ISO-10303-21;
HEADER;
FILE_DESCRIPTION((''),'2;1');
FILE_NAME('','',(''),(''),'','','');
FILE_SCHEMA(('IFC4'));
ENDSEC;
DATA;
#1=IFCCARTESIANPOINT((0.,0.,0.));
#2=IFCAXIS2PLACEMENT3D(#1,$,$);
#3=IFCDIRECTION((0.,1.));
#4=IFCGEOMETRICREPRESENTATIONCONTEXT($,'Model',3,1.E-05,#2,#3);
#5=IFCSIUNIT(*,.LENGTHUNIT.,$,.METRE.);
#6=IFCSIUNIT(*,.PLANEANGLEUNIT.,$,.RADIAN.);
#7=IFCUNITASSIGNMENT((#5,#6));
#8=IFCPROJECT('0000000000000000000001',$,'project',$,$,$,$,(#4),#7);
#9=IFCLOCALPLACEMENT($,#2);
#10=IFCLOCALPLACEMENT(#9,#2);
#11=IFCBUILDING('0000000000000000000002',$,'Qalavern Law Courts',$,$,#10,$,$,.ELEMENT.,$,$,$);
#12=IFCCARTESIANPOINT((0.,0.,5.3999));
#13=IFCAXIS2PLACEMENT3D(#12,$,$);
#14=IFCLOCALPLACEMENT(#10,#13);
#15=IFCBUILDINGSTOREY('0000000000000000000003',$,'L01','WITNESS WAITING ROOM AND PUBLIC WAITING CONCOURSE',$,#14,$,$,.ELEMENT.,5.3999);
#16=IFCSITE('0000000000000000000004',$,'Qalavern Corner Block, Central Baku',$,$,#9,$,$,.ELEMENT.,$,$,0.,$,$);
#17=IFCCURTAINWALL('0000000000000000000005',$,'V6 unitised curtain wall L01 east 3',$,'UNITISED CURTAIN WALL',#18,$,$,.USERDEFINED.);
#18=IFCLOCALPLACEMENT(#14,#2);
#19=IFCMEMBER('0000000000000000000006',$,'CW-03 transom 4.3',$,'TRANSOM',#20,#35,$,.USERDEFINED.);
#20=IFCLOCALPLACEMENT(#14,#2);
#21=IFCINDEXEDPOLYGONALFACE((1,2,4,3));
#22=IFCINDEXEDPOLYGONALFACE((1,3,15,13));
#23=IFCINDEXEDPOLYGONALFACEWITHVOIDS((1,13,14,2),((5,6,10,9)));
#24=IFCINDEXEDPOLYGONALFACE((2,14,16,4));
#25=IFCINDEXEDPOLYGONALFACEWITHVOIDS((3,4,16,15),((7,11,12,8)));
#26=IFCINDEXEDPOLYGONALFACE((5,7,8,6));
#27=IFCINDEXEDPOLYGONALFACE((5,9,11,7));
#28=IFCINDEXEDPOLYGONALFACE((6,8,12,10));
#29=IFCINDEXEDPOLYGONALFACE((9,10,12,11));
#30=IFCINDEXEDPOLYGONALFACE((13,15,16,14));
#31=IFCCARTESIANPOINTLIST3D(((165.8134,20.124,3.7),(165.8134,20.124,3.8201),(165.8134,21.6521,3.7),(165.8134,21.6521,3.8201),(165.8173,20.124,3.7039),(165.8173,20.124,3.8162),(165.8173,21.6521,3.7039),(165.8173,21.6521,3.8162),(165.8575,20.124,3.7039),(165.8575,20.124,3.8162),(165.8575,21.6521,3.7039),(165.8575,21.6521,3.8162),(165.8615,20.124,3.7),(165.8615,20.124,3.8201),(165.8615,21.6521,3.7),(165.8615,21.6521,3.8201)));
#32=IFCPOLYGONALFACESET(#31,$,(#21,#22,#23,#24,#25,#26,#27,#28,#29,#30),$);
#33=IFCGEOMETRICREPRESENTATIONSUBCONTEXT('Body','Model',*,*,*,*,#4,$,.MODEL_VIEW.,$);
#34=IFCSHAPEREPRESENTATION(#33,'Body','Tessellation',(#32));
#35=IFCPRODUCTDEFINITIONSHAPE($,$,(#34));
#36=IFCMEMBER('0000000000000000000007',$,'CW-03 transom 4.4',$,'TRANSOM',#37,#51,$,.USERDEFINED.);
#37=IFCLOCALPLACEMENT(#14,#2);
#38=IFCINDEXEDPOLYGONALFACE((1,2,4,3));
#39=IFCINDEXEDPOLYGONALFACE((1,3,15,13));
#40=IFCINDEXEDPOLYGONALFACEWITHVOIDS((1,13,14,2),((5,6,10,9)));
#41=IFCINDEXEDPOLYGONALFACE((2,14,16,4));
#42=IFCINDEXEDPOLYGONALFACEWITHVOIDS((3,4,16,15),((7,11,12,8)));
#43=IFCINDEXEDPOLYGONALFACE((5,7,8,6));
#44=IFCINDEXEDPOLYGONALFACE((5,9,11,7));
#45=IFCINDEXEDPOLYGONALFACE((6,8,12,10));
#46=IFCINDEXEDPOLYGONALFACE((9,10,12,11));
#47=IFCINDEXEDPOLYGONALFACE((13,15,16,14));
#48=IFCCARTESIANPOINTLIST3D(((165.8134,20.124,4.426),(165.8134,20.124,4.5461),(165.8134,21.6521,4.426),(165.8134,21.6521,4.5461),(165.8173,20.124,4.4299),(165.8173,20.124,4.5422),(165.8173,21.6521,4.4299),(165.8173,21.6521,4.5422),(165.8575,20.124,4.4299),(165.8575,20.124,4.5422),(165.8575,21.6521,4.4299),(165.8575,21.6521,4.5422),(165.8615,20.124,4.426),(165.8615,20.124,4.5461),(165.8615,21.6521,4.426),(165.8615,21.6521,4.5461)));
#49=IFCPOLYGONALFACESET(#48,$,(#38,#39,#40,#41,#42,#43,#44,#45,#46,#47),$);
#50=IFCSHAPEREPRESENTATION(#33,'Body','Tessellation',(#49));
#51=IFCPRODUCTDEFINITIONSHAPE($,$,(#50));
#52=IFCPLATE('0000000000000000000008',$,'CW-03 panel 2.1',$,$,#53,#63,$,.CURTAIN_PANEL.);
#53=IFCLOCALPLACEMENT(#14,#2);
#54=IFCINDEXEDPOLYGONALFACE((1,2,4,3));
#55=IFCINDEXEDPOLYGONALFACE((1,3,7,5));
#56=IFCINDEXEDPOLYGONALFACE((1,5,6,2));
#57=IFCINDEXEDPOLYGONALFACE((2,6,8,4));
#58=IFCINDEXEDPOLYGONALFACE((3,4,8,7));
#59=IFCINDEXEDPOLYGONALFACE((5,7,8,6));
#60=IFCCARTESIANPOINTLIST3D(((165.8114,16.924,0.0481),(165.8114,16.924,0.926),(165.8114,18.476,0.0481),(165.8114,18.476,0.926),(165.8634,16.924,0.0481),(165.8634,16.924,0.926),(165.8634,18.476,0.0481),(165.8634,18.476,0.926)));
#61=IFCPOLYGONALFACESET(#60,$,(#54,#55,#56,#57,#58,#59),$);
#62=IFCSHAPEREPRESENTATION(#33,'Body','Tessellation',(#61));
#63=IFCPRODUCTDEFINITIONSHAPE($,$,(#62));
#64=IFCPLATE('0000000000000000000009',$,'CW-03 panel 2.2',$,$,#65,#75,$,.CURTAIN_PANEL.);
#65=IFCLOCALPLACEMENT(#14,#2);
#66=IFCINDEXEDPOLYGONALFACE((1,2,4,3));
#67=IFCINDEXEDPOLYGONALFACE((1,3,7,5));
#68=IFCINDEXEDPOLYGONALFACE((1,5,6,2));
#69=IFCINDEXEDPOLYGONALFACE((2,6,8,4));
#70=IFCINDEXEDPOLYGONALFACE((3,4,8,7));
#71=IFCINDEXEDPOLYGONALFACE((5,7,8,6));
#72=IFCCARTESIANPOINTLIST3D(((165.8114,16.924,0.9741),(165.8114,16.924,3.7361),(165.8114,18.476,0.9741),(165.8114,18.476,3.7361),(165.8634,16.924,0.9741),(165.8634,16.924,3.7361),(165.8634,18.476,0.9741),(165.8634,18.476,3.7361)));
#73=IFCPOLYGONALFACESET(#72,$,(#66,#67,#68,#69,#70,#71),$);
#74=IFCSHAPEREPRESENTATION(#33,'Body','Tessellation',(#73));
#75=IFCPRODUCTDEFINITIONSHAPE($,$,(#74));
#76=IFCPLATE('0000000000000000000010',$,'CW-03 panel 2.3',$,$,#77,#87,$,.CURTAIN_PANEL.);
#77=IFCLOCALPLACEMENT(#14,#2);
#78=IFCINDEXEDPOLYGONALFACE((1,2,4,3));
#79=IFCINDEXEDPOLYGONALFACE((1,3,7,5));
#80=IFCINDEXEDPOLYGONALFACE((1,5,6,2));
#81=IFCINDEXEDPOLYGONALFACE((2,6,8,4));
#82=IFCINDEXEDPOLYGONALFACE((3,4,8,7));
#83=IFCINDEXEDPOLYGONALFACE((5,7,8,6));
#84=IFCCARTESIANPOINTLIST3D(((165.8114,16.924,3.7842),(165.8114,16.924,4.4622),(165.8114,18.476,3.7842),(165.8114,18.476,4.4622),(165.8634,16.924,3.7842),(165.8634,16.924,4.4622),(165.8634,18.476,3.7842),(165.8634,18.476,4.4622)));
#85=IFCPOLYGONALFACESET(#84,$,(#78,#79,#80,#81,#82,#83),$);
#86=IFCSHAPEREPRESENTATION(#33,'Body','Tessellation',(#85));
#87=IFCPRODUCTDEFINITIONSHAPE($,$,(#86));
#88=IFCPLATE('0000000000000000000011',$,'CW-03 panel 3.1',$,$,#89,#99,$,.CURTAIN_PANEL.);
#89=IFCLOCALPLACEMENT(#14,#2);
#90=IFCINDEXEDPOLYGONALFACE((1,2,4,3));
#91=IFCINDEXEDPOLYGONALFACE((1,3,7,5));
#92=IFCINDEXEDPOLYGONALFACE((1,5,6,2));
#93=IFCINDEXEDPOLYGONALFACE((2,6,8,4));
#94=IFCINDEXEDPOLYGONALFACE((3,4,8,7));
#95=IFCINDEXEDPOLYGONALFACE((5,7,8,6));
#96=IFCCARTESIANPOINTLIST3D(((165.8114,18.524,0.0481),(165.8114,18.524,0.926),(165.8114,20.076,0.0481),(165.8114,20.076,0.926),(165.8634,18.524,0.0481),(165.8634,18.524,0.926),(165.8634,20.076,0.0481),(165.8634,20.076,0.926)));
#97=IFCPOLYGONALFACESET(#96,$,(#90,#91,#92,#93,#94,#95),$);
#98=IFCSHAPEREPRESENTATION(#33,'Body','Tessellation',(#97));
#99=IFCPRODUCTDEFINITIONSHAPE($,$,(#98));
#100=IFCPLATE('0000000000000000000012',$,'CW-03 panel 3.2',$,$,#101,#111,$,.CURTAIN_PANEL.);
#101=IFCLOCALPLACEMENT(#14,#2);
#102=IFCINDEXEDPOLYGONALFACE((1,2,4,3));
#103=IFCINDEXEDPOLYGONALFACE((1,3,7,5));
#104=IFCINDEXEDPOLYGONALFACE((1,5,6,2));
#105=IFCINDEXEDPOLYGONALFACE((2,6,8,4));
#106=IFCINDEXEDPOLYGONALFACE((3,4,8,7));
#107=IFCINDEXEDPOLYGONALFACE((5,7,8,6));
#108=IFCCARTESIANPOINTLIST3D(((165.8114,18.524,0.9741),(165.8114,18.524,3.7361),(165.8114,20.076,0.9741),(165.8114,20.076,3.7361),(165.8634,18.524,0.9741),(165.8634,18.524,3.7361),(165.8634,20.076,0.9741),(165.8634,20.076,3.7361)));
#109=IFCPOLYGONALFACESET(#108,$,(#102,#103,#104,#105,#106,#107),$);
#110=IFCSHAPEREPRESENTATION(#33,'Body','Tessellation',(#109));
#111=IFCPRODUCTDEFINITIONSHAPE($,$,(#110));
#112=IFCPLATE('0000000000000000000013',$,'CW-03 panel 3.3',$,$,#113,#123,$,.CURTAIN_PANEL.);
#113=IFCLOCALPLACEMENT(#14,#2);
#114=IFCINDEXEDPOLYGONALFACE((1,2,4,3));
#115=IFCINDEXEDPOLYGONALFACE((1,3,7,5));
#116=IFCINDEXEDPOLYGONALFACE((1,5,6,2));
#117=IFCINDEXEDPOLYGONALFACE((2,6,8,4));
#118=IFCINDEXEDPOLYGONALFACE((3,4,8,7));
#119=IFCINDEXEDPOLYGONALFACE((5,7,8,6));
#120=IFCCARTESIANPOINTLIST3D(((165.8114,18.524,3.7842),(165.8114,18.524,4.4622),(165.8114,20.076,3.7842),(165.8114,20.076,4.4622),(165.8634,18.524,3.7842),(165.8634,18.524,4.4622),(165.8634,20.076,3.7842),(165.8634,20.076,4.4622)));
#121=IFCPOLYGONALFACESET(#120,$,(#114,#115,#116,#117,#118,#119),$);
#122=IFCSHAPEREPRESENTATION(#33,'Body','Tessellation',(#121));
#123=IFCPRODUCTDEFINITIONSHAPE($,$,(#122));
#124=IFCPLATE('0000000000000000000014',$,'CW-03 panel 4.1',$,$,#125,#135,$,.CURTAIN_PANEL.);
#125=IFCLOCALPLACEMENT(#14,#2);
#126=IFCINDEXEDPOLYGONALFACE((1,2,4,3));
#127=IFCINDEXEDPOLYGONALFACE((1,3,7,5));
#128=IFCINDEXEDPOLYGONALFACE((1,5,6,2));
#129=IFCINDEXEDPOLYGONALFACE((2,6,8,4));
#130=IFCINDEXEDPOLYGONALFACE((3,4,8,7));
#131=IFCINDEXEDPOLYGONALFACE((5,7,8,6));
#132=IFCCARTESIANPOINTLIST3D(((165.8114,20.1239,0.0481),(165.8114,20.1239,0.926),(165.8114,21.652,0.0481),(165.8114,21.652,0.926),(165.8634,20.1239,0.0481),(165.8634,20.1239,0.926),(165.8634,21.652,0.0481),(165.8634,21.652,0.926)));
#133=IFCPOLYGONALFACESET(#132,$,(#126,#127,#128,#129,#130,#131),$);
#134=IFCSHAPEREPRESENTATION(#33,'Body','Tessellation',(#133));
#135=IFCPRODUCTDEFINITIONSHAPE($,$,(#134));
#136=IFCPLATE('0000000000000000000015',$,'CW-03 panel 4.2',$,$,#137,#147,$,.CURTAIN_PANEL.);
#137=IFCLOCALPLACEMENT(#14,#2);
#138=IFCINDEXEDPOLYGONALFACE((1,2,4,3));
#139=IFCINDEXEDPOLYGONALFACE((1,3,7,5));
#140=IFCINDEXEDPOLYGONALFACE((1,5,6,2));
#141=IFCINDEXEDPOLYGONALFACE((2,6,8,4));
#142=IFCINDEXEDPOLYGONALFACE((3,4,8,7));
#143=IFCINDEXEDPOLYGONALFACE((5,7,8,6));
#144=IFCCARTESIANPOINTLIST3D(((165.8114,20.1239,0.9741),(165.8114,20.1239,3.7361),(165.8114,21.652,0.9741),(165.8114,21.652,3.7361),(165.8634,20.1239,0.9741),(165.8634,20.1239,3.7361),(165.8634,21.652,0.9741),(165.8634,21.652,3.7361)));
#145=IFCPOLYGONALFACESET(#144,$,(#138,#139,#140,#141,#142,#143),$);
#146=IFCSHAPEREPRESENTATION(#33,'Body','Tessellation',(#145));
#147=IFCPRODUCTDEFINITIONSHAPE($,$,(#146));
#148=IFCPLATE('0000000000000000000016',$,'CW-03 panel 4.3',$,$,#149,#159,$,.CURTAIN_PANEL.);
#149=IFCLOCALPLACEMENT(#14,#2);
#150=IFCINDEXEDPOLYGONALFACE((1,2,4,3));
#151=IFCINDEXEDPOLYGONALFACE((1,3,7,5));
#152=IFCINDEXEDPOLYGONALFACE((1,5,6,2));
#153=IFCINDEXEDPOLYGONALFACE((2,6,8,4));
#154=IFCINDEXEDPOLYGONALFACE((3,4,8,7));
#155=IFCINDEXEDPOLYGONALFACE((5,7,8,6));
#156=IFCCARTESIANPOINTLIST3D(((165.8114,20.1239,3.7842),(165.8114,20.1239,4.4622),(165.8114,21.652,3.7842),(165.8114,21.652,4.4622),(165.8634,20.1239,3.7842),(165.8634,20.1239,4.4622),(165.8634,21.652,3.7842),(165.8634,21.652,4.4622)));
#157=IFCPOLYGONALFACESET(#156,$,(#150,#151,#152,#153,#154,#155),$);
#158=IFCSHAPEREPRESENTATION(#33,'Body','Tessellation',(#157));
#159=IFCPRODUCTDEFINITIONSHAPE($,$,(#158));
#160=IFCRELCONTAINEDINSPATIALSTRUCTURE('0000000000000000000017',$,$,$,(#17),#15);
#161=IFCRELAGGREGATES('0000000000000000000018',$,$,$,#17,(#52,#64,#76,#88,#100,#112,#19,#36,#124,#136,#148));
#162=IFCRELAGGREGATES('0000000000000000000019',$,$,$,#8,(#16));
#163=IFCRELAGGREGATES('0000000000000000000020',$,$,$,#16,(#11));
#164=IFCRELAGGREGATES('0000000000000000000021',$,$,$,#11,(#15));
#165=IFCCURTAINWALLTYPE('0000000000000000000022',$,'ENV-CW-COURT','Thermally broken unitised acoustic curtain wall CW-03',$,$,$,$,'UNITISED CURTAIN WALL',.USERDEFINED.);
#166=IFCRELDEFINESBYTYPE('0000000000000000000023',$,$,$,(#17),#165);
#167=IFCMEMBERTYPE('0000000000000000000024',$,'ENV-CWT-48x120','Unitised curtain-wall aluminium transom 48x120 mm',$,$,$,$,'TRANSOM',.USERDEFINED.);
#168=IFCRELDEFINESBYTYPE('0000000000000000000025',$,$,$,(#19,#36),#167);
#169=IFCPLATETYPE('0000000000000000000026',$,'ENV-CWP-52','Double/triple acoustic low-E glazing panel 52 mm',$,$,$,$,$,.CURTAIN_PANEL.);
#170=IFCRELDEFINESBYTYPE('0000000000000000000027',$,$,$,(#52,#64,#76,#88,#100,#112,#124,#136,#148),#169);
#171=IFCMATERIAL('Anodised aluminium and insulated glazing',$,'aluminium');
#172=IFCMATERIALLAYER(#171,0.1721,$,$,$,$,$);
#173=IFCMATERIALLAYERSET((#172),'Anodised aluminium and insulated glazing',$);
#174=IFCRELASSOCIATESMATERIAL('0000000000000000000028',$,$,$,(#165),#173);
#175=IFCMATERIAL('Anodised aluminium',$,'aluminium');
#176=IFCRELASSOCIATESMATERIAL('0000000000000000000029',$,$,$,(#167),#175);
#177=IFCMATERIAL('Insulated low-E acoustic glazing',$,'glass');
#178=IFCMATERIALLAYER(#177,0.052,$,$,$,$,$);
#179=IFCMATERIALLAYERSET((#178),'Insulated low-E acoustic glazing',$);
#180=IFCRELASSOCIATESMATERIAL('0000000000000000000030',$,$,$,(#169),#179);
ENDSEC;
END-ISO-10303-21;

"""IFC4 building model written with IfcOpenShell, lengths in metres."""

from ifc_helpers import new_model, si_unit, direction, frame, origin, origin_2d, place, context, subcontext, project, spatial, rectangle, hollow_rectangle, extrude, material, layer, layer_set, material_profile, profile_set, type_object, element, aggregate, save


model = new_model("IFC4")

# Units and contexts
model_context = context("Model", 3, precision=1e-05, world=origin(), true_north=direction((0.0, 1.0)))
body_context = subcontext(model_context, "Body", "Model", "MODEL_VIEW")
ifc_project = project(units=[si_unit("LENGTHUNIT", "METRE"), si_unit("PLANEANGLEUNIT", "RADIAN")], contexts=[model_context])

# Site, building, storey
site_placement = place(None, origin())
site = spatial("IfcSite", under=ifc_project, at=site_placement, Name="Qalavern Corner Block, Central Baku", CompositionType="ELEMENT", RefElevation=0.0)
building_placement = place(site_placement, origin())
building = spatial("IfcBuilding", under=site, at=building_placement, Name="Qalavern Law Courts", CompositionType="ELEMENT")
storey_placement = place(building_placement, frame((0.0, 0.0, 5.3999)))
storey = spatial("IfcBuildingStorey", under=building, at=storey_placement, Name="L01", Description="WITNESS WAITING ROOM AND PUBLIC WAITING CONCOURSE", CompositionType="ELEMENT", Elevation=5.3999)

# Curtain wall, members, plates
ifc_material_1 = material(Name="Anodised aluminium and insulated glazing", Category="aluminium")
ifc_layer_1 = layer(ifc_material_1, 0.1721)
ifc_layer_set_1 = layer_set([ifc_layer_1], Name="Anodised aluminium and insulated glazing")
curtain_wall_type = type_object("IfcCurtainWallType", Name="ENV-CW-COURT", Description="Thermally broken unitised acoustic curtain wall CW-03", ElementType="UNITISED CURTAIN WALL", PredefinedType="USERDEFINED", material=ifc_layer_set_1)
curtain_wall_placement = place(storey_placement, origin())
curtain_wall = element("IfcCurtainWall", 1, at=curtain_wall_placement, inside=storey, type_object=curtain_wall_type, Name="V6 unitised curtain wall L01 east 3", ObjectType="UNITISED CURTAIN WALL", PredefinedType="USERDEFINED")
ifc_material_2 = material(Name="Anodised aluminium", Category="aluminium")
ifc_material_profile_1 = material_profile(ifc_material_2, hollow_rectangle(XDim=0.0481, YDim=0.1201, WallThickness=0.0039, at=origin_2d()), Name="ALU TRANSOM 48x120")
ifc_profile_set_1 = profile_set([ifc_material_profile_1], Name="Anodised aluminium")
member_type_1 = type_object("IfcMemberType", Name="ENV-CWT-48x120", Description="Unitised curtain-wall aluminium transom 48x120 mm", ElementType="TRANSOM", PredefinedType="USERDEFINED", material=ifc_profile_set_1)
member_1_placement = place(storey_placement, frame((165.8374, 20.124, 3.76), z_axis=(0.0, 1.0, 0.0), x_axis=(-1.0, 0.0, 0.0)))
member_1 = element("IfcMember", 2, at=member_1_placement, type_object=member_type_1, Name="CW-03 transom 4.3", ObjectType="TRANSOM", PredefinedType="USERDEFINED", context=body_context, shape_type="SweptSolid", body=[
    extrude(hollow_rectangle(XDim=0.0481, YDim=0.1201, WallThickness=0.0039, at=origin_2d()), origin(), (0.0, 0.0, 1.0), 1.5281),
])
member_2_placement = place(storey_placement, frame((165.8374, 20.124, 4.4861), z_axis=(0.0, 1.0, 0.0), x_axis=(-1.0, 0.0, 0.0)))
member_2 = element("IfcMember", 3, at=member_2_placement, type_object=member_type_1, Name="CW-03 transom 4.4", ObjectType="TRANSOM", PredefinedType="USERDEFINED", context=body_context, shape_type="SweptSolid", body=[
    extrude(hollow_rectangle(XDim=0.0481, YDim=0.1201, WallThickness=0.0039, at=origin_2d()), origin(), (0.0, 0.0, 1.0), 1.5281),
])
ifc_material_3 = material(Name="Insulated low-E acoustic glazing", Category="glass")
ifc_layer_2 = layer(ifc_material_3, 0.052)
ifc_layer_set_2 = layer_set([ifc_layer_2], Name="Insulated low-E acoustic glazing")
plate_type = type_object("IfcPlateType", Name="ENV-CWP-52", Description="Double/triple acoustic low-E glazing panel 52 mm", PredefinedType="CURTAIN_PANEL", material=ifc_layer_set_2)
plate_1_placement = place(storey_placement, frame((165.8374, 17.7, 0.0481), z_axis=(0.0, 0.0, 1.0), x_axis=(0.0, 1.0, 0.0)))
plate_1 = element("IfcPlate", 4, at=plate_1_placement, type_object=plate_type, Name="CW-03 panel 2.1", PredefinedType="CURTAIN_PANEL", context=body_context, shape_type="SweptSolid", body=[
    extrude(rectangle(XDim=1.552, YDim=0.052, at=origin_2d()), origin(), (0.0, 0.0, 1.0), 0.8779),
])
plate_2_placement = place(storey_placement, frame((165.8374, 17.7, 0.9741), z_axis=(0.0, 0.0, 1.0), x_axis=(0.0, 1.0, 0.0)))
plate_2 = element("IfcPlate", 5, at=plate_2_placement, type_object=plate_type, Name="CW-03 panel 2.2", PredefinedType="CURTAIN_PANEL", context=body_context, shape_type="SweptSolid", body=[
    extrude(rectangle(XDim=1.552, YDim=0.052, at=origin_2d()), origin(), (0.0, 0.0, 1.0), 2.762),
])
plate_3_placement = place(storey_placement, frame((165.8374, 17.7, 3.7842), z_axis=(0.0, 0.0, 1.0), x_axis=(0.0, 1.0, 0.0)))
plate_3 = element("IfcPlate", 6, at=plate_3_placement, type_object=plate_type, Name="CW-03 panel 2.3", PredefinedType="CURTAIN_PANEL", context=body_context, shape_type="SweptSolid", body=[
    extrude(rectangle(XDim=1.552, YDim=0.052, at=origin_2d()), origin(), (0.0, 0.0, 1.0), 0.678),
])
plate_4_placement = place(storey_placement, frame((165.8374, 19.3, 0.0481), z_axis=(0.0, 0.0, 1.0), x_axis=(0.0, 1.0, 0.0)))
plate_4 = element("IfcPlate", 7, at=plate_4_placement, type_object=plate_type, Name="CW-03 panel 3.1", PredefinedType="CURTAIN_PANEL", context=body_context, shape_type="SweptSolid", body=[
    extrude(rectangle(XDim=1.552, YDim=0.052, at=origin_2d()), origin(), (0.0, 0.0, 1.0), 0.8779),
])
plate_5_placement = place(storey_placement, frame((165.8374, 19.3, 0.9741), z_axis=(0.0, 0.0, 1.0), x_axis=(0.0, 1.0, 0.0)))
plate_5 = element("IfcPlate", 8, at=plate_5_placement, type_object=plate_type, Name="CW-03 panel 3.2", PredefinedType="CURTAIN_PANEL", context=body_context, shape_type="SweptSolid", body=[
    extrude(rectangle(XDim=1.552, YDim=0.052, at=origin_2d()), origin(), (0.0, 0.0, 1.0), 2.762),
])
plate_6_placement = place(storey_placement, frame((165.8374, 19.3, 3.7842), z_axis=(0.0, 0.0, 1.0), x_axis=(0.0, 1.0, 0.0)))
plate_6 = element("IfcPlate", 9, at=plate_6_placement, type_object=plate_type, Name="CW-03 panel 3.3", PredefinedType="CURTAIN_PANEL", context=body_context, shape_type="SweptSolid", body=[
    extrude(rectangle(XDim=1.552, YDim=0.052, at=origin_2d()), origin(), (0.0, 0.0, 1.0), 0.678),
])
plate_7_placement = place(storey_placement, frame((165.8374, 20.8879, 0.0481), z_axis=(0.0, 0.0, 1.0), x_axis=(0.0, 1.0, 0.0)))
plate_7 = element("IfcPlate", 10, at=plate_7_placement, type_object=plate_type, Name="CW-03 panel 4.1", PredefinedType="CURTAIN_PANEL", context=body_context, shape_type="SweptSolid", body=[
    extrude(rectangle(XDim=1.5281, YDim=0.052, at=origin_2d()), origin(), (0.0, 0.0, 1.0), 0.8779),
])
plate_8_placement = place(storey_placement, frame((165.8374, 20.8879, 0.9741), z_axis=(0.0, 0.0, 1.0), x_axis=(0.0, 1.0, 0.0)))
plate_8 = element("IfcPlate", 11, at=plate_8_placement, type_object=plate_type, Name="CW-03 panel 4.2", PredefinedType="CURTAIN_PANEL", context=body_context, shape_type="SweptSolid", body=[
    extrude(rectangle(XDim=1.5281, YDim=0.052, at=origin_2d()), origin(), (0.0, 0.0, 1.0), 2.762),
])
plate_9_placement = place(storey_placement, frame((165.8374, 20.8879, 3.7842), z_axis=(0.0, 0.0, 1.0), x_axis=(0.0, 1.0, 0.0)))
plate_9 = element("IfcPlate", 12, at=plate_9_placement, type_object=plate_type, Name="CW-03 panel 4.3", PredefinedType="CURTAIN_PANEL", context=body_context, shape_type="SweptSolid", body=[
    extrude(rectangle(XDim=1.5281, YDim=0.052, at=origin_2d()), origin(), (0.0, 0.0, 1.0), 0.678),
])
aggregate(curtain_wall, [plate_1, plate_2, plate_3, plate_4, plate_5, plate_6, member_1, member_2, plate_7, plate_8, plate_9])

save(model, "model.ifc")
